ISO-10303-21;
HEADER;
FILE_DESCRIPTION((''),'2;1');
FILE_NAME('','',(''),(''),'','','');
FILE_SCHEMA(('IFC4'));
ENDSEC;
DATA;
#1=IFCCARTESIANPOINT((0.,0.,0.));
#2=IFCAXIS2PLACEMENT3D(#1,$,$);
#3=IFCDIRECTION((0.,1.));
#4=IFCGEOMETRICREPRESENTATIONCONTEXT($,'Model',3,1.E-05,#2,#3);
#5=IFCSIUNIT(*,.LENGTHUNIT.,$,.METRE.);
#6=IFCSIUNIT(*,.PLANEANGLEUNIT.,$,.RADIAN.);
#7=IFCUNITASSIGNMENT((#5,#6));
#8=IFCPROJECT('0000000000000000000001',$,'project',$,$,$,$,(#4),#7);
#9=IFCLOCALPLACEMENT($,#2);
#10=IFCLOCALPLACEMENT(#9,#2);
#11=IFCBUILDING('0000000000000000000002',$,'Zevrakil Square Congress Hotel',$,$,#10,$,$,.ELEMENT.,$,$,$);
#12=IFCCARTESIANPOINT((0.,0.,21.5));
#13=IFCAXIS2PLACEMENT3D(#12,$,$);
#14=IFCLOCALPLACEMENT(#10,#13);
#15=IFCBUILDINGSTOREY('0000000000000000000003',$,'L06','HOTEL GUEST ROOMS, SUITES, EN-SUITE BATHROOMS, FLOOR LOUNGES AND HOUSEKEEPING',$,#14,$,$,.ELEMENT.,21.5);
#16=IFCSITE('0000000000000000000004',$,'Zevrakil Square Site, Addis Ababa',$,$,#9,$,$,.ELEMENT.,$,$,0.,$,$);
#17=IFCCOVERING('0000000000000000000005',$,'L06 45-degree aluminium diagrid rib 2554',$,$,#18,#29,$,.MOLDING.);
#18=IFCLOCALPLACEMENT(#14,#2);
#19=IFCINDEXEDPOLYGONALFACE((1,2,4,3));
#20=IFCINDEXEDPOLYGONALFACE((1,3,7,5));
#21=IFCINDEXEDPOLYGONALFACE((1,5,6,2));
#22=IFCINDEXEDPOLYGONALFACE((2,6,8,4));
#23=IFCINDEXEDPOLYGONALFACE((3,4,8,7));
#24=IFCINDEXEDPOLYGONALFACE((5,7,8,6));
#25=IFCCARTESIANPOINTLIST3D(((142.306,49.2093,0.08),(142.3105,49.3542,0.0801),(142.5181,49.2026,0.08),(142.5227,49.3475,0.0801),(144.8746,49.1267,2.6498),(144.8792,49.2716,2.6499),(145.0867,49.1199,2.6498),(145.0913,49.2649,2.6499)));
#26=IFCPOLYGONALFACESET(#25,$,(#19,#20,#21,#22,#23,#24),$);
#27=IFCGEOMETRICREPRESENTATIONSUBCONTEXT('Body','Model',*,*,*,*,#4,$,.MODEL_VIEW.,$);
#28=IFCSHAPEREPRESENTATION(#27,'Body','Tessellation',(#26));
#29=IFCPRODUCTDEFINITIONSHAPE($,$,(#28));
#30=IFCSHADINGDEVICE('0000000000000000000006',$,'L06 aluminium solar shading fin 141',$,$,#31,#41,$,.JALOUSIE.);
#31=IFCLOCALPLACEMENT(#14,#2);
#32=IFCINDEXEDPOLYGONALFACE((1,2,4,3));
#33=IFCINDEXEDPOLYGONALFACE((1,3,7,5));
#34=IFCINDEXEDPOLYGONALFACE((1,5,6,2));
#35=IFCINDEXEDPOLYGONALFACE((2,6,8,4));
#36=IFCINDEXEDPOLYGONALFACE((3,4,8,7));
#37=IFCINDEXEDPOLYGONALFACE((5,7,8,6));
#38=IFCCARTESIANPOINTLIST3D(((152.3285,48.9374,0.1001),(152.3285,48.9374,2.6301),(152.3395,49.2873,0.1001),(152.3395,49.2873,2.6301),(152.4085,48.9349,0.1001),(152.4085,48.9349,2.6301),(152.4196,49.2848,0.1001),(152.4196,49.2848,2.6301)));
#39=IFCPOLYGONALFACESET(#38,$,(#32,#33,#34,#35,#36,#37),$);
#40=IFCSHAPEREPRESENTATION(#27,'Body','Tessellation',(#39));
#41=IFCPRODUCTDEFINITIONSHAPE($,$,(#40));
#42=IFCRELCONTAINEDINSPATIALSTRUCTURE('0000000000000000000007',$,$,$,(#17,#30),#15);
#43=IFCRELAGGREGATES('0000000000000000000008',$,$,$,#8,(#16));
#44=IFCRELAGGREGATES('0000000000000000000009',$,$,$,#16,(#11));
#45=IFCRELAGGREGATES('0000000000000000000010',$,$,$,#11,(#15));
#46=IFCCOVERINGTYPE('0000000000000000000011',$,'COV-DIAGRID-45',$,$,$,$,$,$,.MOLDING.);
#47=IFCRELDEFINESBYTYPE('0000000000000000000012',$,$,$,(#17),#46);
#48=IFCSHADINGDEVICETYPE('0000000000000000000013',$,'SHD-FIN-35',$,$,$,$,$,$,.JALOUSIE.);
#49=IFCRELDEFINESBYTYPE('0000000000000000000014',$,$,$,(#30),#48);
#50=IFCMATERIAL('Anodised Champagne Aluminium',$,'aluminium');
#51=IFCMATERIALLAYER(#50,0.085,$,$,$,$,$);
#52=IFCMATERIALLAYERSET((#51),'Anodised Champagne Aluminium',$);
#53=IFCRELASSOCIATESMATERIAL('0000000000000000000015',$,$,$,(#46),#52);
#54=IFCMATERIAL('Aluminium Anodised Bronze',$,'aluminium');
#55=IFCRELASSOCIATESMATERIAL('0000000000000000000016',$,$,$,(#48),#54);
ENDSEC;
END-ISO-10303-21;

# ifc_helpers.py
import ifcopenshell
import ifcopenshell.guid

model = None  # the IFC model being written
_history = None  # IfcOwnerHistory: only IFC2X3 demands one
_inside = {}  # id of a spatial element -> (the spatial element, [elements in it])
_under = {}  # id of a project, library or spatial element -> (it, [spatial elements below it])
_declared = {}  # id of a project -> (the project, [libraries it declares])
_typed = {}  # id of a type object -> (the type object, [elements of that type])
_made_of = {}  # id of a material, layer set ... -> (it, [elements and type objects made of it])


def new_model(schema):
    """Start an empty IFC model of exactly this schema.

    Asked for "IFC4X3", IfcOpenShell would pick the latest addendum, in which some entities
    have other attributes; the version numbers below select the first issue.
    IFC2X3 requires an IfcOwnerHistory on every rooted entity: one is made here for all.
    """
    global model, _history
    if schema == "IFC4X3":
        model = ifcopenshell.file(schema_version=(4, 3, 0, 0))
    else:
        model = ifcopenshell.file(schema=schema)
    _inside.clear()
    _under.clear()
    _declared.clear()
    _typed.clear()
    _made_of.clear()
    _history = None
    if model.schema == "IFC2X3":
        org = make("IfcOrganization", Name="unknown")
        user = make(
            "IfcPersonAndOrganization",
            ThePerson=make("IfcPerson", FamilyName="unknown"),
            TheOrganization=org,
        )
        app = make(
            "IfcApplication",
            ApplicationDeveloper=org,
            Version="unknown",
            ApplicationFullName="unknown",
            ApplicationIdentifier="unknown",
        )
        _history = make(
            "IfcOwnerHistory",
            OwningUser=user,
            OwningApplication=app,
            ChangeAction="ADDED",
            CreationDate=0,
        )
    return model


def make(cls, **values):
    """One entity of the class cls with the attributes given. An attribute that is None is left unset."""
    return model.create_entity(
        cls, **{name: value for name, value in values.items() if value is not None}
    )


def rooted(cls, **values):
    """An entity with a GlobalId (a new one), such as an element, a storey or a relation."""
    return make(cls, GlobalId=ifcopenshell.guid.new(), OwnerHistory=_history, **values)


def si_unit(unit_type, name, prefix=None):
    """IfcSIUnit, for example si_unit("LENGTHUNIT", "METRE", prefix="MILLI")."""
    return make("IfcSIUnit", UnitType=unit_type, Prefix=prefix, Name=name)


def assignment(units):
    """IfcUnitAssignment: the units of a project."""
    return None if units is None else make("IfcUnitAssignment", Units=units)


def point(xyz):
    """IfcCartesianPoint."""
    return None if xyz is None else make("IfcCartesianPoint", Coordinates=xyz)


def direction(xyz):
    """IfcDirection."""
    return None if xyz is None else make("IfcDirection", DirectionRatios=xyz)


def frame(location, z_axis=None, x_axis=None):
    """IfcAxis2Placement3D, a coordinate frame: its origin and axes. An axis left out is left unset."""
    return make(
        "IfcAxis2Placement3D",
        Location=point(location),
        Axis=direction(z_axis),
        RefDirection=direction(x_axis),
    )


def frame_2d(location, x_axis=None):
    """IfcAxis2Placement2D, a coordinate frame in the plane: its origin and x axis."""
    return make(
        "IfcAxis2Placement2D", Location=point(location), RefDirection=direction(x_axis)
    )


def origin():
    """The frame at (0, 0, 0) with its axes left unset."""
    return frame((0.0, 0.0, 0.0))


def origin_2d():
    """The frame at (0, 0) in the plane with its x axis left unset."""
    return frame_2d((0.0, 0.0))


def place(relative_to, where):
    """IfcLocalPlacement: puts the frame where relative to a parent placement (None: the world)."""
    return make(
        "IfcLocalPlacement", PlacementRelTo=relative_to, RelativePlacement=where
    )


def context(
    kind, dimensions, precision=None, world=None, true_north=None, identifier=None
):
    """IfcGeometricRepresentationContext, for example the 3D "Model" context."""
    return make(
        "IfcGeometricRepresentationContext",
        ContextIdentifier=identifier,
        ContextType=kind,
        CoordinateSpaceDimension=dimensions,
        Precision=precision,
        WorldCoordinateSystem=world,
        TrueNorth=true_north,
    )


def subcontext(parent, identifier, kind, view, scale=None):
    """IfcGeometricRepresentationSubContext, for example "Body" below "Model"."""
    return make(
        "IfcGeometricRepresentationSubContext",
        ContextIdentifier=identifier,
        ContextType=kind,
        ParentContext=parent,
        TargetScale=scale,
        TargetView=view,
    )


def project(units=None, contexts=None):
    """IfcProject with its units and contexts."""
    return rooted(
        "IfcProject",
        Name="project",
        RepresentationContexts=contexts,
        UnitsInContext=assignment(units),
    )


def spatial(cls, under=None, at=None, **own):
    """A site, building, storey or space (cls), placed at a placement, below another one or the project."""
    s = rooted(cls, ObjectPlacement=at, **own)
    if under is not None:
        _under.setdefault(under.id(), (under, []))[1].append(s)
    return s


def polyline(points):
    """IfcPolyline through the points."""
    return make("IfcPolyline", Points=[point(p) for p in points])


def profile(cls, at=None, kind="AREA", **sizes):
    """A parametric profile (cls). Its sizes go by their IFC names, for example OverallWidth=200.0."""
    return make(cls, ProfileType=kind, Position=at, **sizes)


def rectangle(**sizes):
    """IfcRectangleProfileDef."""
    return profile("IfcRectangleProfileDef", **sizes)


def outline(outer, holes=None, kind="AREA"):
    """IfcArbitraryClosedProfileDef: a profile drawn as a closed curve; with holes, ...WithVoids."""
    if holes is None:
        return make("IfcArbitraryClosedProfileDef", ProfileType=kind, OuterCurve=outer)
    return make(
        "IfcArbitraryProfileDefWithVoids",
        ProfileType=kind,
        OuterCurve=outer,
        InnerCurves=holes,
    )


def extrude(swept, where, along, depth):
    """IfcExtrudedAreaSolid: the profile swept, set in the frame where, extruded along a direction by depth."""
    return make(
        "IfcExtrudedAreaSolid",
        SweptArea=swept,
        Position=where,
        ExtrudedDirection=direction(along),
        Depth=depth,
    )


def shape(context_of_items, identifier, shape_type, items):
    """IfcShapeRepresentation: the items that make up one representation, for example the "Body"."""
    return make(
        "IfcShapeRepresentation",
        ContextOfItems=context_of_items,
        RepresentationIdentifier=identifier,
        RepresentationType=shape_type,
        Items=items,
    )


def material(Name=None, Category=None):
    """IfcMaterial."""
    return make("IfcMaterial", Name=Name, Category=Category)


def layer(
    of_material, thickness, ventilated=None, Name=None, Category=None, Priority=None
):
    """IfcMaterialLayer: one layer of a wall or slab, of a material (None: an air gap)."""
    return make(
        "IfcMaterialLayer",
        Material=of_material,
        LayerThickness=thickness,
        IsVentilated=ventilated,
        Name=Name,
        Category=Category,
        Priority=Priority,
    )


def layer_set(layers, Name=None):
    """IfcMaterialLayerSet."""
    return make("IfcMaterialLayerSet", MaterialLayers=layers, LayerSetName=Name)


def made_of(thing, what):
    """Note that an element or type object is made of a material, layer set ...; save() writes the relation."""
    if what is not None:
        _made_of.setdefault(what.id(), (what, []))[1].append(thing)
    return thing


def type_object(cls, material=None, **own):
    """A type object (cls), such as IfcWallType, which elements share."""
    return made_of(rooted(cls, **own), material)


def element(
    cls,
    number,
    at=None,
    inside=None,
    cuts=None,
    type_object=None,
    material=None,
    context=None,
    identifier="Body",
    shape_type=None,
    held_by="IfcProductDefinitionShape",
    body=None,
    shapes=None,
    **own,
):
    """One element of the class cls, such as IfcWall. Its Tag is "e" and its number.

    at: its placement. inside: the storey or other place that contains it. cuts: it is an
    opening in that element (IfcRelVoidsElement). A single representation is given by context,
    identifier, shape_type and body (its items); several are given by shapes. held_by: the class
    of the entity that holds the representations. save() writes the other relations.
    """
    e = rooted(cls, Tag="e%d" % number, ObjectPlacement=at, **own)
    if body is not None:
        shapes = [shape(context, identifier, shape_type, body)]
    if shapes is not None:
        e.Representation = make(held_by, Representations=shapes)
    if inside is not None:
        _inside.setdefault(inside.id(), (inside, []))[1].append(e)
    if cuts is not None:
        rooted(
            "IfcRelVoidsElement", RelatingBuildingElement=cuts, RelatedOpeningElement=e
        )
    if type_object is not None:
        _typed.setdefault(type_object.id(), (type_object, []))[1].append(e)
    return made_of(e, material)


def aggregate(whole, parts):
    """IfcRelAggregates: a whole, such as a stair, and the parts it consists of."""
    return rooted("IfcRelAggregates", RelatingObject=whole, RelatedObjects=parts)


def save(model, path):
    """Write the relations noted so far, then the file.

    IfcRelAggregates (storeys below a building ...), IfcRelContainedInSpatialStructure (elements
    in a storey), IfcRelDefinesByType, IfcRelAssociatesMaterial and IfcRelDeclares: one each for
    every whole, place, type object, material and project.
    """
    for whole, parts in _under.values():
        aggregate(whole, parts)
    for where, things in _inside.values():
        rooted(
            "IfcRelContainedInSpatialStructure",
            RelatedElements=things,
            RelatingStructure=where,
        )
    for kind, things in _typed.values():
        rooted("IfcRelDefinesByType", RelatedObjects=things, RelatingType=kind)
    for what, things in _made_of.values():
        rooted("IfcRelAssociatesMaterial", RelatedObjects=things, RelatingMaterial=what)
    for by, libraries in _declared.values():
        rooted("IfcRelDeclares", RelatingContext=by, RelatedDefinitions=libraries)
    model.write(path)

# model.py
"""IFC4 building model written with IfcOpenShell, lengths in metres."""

from ifc_helpers import new_model, si_unit, direction, frame, origin, origin_2d, place, context, subcontext, project, spatial, polyline, rectangle, outline, extrude, material, layer, layer_set, type_object, element, save


model = new_model("IFC4")

# Units and contexts
model_context = context("Model", 3, precision=1e-05, world=origin(), true_north=direction((0.0, 1.0)))
body_context = subcontext(model_context, "Body", "Model", "MODEL_VIEW")
ifc_project = project(units=[si_unit("LENGTHUNIT", "METRE"), si_unit("PLANEANGLEUNIT", "RADIAN")], contexts=[model_context])

# Site, building, storey
site_placement = place(None, origin())
site = spatial("IfcSite", under=ifc_project, at=site_placement, Name="Zevrakil Square Site, Addis Ababa", CompositionType="ELEMENT", RefElevation=0.0)
building_placement = place(site_placement, origin())
building = spatial("IfcBuilding", under=site, at=building_placement, Name="Zevrakil Square Congress Hotel", CompositionType="ELEMENT")
storey_placement = place(building_placement, frame((0.0, 0.0, 21.5)))
storey = spatial("IfcBuildingStorey", under=building, at=storey_placement, Name="L06", Description="HOTEL GUEST ROOMS, SUITES, EN-SUITE BATHROOMS, FLOOR LOUNGES AND HOUSEKEEPING", CompositionType="ELEMENT", Elevation=21.5)

# Covering
ifc_material_1 = material(Name="Anodised Champagne Aluminium", Category="aluminium")
ifc_layer_1 = layer(ifc_material_1, 0.085)
ifc_layer_set_1 = layer_set([ifc_layer_1], Name="Anodised Champagne Aluminium")
covering_type_1 = type_object("IfcCoveringType", Name="COV-DIAGRID-45", PredefinedType="MOLDING", material=ifc_layer_set_1)
covering_1_placement = place(storey_placement, frame((145.0913, 49.2649, 2.6499), z_axis=(0.03163, 0.9995, 0.000528), x_axis=(-0.9995, 0.03163, 0.0)))
element("IfcCovering", 1, at=covering_1_placement, inside=storey, type_object=covering_type_1, Name="L06 45-degree aluminium diagrid rib 2554", PredefinedType="MOLDING", context=body_context, shape_type="SweptSolid", body=[
    extrude(outline(polyline([(0.0, 0.0), (0.2123, 0.0), (2.7822, -2.5698), (2.5699, -2.5698), (0.0, 0.0)])), origin(), (0.0, 0.0, -1.0), 0.145),
])

# Shading device
ifc_material_2 = material(Name="Aluminium Anodised Bronze", Category="aluminium")
shading_device_type = type_object("IfcShadingDeviceType", Name="SHD-FIN-35", PredefinedType="JALOUSIE", material=ifc_material_2)
shading_device_placement = place(storey_placement, frame((152.374, 49.1111, 0.1001), z_axis=(0.0, 0.0, 1.0), x_axis=(0.031603, 0.999501, 0.0)))
element("IfcShadingDevice", 2, at=shading_device_placement, inside=storey, type_object=shading_device_type, Name="L06 aluminium solar shading fin 141", PredefinedType="JALOUSIE", context=body_context, shape_type="SweptSolid", body=[
    extrude(rectangle(XDim=0.3501, YDim=0.0801, at=origin_2d()), origin(), (0.0, 0.0, 1.0), 2.53),
])

save(model, "model.ifc")
